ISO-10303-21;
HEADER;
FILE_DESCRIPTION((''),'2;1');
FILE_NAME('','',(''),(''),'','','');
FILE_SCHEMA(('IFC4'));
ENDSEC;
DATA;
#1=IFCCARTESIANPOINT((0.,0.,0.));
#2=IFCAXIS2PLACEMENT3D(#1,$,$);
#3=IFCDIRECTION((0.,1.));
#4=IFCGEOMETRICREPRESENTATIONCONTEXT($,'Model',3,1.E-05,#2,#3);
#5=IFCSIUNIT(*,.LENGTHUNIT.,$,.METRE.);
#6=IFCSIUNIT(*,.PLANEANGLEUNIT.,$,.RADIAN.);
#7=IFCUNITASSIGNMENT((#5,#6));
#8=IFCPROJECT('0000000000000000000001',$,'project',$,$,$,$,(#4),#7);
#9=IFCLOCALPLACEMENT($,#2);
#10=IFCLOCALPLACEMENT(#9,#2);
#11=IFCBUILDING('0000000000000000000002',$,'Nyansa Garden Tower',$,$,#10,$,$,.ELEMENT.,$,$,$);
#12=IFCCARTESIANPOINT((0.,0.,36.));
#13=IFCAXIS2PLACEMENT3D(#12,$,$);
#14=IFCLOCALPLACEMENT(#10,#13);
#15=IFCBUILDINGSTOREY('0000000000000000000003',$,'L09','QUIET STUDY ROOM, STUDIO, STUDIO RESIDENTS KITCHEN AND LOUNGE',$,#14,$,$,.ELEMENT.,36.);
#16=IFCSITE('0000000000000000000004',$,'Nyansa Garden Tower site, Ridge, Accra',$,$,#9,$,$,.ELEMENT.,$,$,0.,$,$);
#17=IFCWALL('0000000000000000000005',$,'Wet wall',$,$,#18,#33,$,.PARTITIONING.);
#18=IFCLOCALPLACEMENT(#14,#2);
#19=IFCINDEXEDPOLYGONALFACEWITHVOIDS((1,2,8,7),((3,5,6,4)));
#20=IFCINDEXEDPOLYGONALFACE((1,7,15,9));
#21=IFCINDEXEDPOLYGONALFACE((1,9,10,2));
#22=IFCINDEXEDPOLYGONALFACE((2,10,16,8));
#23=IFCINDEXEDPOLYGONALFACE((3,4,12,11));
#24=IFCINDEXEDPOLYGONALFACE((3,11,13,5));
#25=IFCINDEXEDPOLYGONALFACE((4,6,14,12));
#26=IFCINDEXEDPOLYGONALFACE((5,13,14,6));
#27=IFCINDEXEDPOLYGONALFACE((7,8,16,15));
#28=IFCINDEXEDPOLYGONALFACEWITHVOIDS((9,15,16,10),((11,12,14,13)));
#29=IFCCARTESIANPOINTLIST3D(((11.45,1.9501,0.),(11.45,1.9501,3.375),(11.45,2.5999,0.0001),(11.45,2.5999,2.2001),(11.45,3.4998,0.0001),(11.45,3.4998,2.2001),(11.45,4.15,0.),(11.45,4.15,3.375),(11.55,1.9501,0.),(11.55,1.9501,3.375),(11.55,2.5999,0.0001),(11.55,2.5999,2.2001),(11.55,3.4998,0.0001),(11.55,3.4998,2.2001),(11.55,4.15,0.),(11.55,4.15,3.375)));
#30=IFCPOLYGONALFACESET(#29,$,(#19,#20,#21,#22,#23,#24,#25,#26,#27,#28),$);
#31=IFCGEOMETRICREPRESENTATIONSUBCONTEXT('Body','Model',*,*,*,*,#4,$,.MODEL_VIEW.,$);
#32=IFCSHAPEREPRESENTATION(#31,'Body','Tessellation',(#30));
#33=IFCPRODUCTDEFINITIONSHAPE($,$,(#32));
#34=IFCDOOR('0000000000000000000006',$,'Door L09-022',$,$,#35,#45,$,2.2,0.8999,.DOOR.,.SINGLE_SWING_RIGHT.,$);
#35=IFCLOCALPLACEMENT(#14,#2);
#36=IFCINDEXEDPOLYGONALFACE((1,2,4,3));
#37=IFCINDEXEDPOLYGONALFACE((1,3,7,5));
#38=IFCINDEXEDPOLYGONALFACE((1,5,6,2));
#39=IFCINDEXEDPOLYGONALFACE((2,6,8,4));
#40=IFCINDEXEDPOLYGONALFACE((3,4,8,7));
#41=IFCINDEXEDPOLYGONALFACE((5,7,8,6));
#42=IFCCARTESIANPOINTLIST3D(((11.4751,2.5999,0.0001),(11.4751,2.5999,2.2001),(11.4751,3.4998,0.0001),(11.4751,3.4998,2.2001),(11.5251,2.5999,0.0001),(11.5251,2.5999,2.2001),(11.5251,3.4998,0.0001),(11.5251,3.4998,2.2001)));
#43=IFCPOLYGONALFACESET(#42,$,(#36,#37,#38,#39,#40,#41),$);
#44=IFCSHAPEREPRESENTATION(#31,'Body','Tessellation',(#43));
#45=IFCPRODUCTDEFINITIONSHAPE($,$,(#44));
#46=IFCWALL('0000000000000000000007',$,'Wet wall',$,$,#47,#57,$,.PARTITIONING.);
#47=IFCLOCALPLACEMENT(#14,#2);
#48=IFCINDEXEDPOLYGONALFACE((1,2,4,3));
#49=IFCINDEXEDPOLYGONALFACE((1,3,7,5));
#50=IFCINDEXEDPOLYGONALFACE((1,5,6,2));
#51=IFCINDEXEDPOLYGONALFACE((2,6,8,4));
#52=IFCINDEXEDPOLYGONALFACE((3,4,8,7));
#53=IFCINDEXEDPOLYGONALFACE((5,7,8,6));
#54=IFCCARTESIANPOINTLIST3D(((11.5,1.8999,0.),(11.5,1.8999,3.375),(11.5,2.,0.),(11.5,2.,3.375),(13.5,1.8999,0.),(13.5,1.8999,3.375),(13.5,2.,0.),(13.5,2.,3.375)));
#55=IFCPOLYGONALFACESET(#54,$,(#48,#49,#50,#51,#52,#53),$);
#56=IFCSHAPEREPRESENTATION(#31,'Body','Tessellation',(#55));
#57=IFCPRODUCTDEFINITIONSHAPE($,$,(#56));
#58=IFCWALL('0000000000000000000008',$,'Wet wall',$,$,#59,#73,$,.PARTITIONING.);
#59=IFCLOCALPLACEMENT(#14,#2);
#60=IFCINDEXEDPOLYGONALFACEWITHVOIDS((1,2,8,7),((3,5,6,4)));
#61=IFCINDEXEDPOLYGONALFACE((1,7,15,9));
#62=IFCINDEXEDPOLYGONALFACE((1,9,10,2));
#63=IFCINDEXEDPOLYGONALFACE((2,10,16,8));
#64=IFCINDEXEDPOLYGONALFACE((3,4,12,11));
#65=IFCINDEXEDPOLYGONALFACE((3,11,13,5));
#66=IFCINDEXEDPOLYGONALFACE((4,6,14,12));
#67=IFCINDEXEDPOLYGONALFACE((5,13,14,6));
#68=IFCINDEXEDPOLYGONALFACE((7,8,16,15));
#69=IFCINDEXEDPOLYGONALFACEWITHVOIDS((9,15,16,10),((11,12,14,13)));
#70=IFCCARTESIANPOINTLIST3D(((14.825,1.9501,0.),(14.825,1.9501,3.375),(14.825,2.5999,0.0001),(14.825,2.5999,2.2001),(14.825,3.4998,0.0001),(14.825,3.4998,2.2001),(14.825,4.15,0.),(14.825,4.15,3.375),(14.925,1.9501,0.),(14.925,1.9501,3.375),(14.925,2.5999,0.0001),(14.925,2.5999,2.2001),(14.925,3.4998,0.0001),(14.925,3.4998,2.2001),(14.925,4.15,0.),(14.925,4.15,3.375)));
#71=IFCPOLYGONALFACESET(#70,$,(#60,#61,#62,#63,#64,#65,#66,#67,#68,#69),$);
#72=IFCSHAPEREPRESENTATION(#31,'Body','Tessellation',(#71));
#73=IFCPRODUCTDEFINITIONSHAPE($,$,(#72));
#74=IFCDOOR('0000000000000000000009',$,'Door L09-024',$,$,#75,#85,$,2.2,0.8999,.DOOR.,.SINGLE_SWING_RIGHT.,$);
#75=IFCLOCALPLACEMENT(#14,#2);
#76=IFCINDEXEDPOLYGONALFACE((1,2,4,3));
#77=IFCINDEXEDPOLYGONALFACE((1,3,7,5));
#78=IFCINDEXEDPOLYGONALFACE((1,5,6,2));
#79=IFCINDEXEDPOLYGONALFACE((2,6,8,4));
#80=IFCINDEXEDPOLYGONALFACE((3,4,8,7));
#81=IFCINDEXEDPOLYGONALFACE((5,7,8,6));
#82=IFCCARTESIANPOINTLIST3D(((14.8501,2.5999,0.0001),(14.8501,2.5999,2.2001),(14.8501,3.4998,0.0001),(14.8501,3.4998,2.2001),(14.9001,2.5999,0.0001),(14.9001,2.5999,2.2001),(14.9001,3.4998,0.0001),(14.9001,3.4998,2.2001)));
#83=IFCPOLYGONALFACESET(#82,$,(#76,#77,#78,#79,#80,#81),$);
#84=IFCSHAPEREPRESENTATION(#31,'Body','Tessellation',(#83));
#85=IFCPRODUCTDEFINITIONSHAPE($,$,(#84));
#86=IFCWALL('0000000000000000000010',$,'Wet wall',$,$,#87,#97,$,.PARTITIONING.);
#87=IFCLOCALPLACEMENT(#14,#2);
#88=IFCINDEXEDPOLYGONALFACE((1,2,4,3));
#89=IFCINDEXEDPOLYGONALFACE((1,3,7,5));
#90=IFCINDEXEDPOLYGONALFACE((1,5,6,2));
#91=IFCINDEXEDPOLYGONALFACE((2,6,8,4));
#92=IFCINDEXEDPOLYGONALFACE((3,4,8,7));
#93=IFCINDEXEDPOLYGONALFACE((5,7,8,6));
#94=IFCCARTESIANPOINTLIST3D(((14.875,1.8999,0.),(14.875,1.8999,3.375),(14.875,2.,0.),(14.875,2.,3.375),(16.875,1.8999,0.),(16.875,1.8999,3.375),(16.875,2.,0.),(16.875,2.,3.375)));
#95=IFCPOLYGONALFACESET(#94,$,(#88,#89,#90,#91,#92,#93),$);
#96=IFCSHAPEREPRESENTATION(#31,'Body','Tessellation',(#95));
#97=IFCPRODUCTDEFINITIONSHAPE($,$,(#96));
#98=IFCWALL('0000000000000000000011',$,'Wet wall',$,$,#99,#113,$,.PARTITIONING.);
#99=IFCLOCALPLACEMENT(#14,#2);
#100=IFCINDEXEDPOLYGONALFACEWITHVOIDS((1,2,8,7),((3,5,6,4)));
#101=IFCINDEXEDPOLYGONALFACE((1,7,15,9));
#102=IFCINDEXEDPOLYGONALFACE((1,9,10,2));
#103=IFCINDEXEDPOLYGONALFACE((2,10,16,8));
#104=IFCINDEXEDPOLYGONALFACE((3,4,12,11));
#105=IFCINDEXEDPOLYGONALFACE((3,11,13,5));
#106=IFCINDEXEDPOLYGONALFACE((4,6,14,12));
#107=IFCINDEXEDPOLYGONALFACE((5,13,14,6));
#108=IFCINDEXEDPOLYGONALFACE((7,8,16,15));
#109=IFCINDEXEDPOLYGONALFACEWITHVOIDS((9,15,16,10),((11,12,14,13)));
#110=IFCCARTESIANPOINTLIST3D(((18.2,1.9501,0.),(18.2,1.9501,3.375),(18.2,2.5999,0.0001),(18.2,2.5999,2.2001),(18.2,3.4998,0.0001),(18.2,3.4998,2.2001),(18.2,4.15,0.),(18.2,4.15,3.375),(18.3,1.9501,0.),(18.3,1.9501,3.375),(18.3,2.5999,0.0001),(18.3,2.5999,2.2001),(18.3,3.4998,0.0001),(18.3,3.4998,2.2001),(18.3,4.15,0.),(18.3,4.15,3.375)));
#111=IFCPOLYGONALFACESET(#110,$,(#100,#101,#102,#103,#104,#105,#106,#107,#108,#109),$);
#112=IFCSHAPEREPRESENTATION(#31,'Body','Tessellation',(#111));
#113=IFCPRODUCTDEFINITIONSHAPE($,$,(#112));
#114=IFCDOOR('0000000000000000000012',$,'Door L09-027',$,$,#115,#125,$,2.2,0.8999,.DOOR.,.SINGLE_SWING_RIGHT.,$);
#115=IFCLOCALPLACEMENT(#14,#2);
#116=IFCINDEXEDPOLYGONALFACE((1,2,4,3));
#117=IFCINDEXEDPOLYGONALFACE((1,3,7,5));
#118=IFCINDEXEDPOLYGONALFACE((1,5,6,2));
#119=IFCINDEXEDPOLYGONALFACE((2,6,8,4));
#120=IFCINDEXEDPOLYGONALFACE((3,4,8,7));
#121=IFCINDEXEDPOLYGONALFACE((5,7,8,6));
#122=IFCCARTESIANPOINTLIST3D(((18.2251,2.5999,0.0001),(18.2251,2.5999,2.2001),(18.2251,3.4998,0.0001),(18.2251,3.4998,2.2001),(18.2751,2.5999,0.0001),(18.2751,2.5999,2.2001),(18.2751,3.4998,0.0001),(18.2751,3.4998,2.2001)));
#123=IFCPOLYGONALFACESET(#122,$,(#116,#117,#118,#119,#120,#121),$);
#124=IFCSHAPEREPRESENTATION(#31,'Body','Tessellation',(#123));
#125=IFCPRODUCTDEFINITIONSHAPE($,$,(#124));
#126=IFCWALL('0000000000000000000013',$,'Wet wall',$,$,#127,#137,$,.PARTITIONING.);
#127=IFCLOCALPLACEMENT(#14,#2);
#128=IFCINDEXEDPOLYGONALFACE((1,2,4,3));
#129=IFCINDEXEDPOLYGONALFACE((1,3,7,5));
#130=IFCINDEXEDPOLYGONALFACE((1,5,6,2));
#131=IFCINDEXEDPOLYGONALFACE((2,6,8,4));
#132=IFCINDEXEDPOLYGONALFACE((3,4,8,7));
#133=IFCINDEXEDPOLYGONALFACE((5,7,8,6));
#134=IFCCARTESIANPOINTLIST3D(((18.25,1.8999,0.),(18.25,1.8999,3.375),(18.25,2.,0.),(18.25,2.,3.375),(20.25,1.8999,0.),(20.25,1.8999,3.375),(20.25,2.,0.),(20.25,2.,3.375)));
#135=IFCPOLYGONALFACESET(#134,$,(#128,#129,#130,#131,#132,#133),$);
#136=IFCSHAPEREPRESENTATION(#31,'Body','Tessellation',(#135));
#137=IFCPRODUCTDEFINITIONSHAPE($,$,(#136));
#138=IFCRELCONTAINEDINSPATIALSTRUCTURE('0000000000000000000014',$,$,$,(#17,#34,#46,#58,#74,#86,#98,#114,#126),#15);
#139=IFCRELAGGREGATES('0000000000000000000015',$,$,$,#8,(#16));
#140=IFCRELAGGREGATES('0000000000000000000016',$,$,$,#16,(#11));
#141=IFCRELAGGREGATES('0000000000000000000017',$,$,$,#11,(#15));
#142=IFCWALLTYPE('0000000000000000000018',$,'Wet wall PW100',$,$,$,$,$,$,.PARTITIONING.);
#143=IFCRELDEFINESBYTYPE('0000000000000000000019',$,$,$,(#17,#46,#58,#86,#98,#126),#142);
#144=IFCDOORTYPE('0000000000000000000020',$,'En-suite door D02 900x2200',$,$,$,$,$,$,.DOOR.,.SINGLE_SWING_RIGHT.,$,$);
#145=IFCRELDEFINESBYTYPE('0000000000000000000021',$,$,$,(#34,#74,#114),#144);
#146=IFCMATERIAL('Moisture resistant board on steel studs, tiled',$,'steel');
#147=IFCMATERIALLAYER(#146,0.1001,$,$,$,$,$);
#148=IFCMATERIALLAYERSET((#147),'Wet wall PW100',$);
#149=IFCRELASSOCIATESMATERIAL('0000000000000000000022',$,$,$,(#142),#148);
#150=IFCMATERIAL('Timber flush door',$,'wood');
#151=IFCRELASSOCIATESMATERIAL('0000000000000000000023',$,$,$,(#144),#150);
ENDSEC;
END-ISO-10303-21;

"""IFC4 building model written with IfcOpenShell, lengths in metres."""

from ifc_helpers import new_model, si_unit, direction, frame, frame_2d, origin, place, context, subcontext, project, spatial, rectangle, extrude, material, layer, layer_set, type_object, element, fill, save


model = new_model("IFC4")

# Units and contexts
model_context = context("Model", 3, precision=1e-05, world=origin(), true_north=direction((0.0, 1.0)))
body_context = subcontext(model_context, "Body", "Model", "MODEL_VIEW")
ifc_project = project(units=[si_unit("LENGTHUNIT", "METRE"), si_unit("PLANEANGLEUNIT", "RADIAN")], contexts=[model_context])

# Site, building, storey
site_placement = place(None, origin())
site = spatial("IfcSite", under=ifc_project, at=site_placement, Name="Nyansa Garden Tower site, Ridge, Accra", CompositionType="ELEMENT", RefElevation=0.0)
building_placement = place(site_placement, origin())
building = spatial("IfcBuilding", under=site, at=building_placement, Name="Nyansa Garden Tower", CompositionType="ELEMENT")
storey_placement = place(building_placement, frame((0.0, 0.0, 36.0)))
storey = spatial("IfcBuildingStorey", under=building, at=storey_placement, Name="L09", Description="QUIET STUDY ROOM, STUDIO, STUDIO RESIDENTS KITCHEN AND LOUNGE", CompositionType="ELEMENT", Elevation=36.0)

# Wall, opening, door
ifc_material_1 = material(Name="Moisture resistant board on steel studs, tiled", Category="steel")
ifc_layer_1 = layer(ifc_material_1, 0.1001)
ifc_layer_set_1 = layer_set([ifc_layer_1], Name="Wet wall PW100")
wall_type_1 = type_object("IfcWallType", Name="Wet wall PW100", PredefinedType="PARTITIONING", material=ifc_layer_set_1)
wall_1_placement = place(storey_placement, frame((11.5, 1.95, 0.0), z_axis=(0.0, 0.0, 1.0), x_axis=(0.0, 1.0, 0.0)))
wall_1 = element("IfcWall", 1, at=wall_1_placement, inside=storey, type_object=wall_type_1, Name="Wet wall", PredefinedType="PARTITIONING", context=body_context, shape_type="SweptSolid", body=[
    extrude(rectangle(XDim=2.2, YDim=0.1001, at=frame_2d((1.1001, 0.0))), origin(), (0.0, 0.0, 1.0), 3.375),
])
opening_1_placement = place(wall_1_placement, frame((0.6499, 0.0, 0.0)))
opening_1 = element("IfcOpeningElement", 2, at=opening_1_placement, cuts=wall_1, PredefinedType="OPENING", context=body_context, shape_type="SweptSolid", body=[
    extrude(rectangle(XDim=0.8999, YDim=2.2, at=frame_2d((0.45, 1.1001))), frame((0.0, 0.0601, 0.0), z_axis=(0.0, -1.0, 0.0), x_axis=(1.0, 0.0, 0.0)), (0.0, 0.0, 1.0), 0.1201),
])
ifc_material_2 = material(Name="Timber flush door", Category="wood")
door_type = type_object("IfcDoorType", Name="En-suite door D02 900x2200", OperationType="SINGLE_SWING_RIGHT", PredefinedType="DOOR", material=ifc_material_2)
door_1_placement = place(opening_1_placement, origin())
door_1 = element("IfcDoor", 3, at=door_1_placement, inside=storey, type_object=door_type, Name="Door L09-022", OperationType="SINGLE_SWING_RIGHT", OverallHeight=2.2, OverallWidth=0.8999, PredefinedType="DOOR", context=body_context, shape_type="SweptSolid", body=[
    extrude(rectangle(XDim=0.8999, YDim=2.2, at=frame_2d((0.45, 1.1001))), frame((0.0, 0.0249, 0.0), z_axis=(0.0, -1.0, 0.0), x_axis=(1.0, 0.0, 0.0)), (0.0, 0.0, 1.0), 0.05),
])
fill(opening_1, door_1)

# Wall
wall_2_placement = place(storey_placement, frame((11.5, 1.95, 0.0), z_axis=(0.0, 0.0, 1.0), x_axis=(1.0, 0.0, 0.0)))
element("IfcWall", 4, at=wall_2_placement, inside=storey, type_object=wall_type_1, Name="Wet wall", PredefinedType="PARTITIONING", context=body_context, shape_type="SweptSolid", body=[
    extrude(rectangle(XDim=2.0, YDim=0.1001, at=frame_2d((1.0, 0.0))), origin(), (0.0, 0.0, 1.0), 3.375),
])

# Wall, opening, door
wall_3_placement = place(storey_placement, frame((14.875, 1.95, 0.0), z_axis=(0.0, 0.0, 1.0), x_axis=(0.0, 1.0, 0.0)))
wall_3 = element("IfcWall", 5, at=wall_3_placement, inside=storey, type_object=wall_type_1, Name="Wet wall", PredefinedType="PARTITIONING", context=body_context, shape_type="SweptSolid", body=[
    extrude(rectangle(XDim=2.2, YDim=0.1001, at=frame_2d((1.1001, 0.0))), origin(), (0.0, 0.0, 1.0), 3.375),
])
opening_2_placement = place(wall_3_placement, frame((0.6499, 0.0, 0.0)))
opening_2 = element("IfcOpeningElement", 6, at=opening_2_placement, cuts=wall_3, PredefinedType="OPENING", context=body_context, shape_type="SweptSolid", body=[
    extrude(rectangle(XDim=0.8999, YDim=2.2, at=frame_2d((0.45, 1.1001))), frame((0.0, 0.0601, 0.0), z_axis=(0.0, -1.0, 0.0), x_axis=(1.0, 0.0, 0.0)), (0.0, 0.0, 1.0), 0.1201),
])
door_2_placement = place(opening_2_placement, origin())
door_2 = element("IfcDoor", 7, at=door_2_placement, inside=storey, type_object=door_type, Name="Door L09-024", OperationType="SINGLE_SWING_RIGHT", OverallHeight=2.2, OverallWidth=0.8999, PredefinedType="DOOR", context=body_context, shape_type="SweptSolid", body=[
    extrude(rectangle(XDim=0.8999, YDim=2.2, at=frame_2d((0.45, 1.1001))), frame((0.0, 0.0249, 0.0), z_axis=(0.0, -1.0, 0.0), x_axis=(1.0, 0.0, 0.0)), (0.0, 0.0, 1.0), 0.05),
])
fill(opening_2, door_2)

# Wall
wall_4_placement = place(storey_placement, frame((14.875, 1.95, 0.0), z_axis=(0.0, 0.0, 1.0), x_axis=(1.0, 0.0, 0.0)))
element("IfcWall", 8, at=wall_4_placement, inside=storey, type_object=wall_type_1, Name="Wet wall", PredefinedType="PARTITIONING", context=body_context, shape_type="SweptSolid", body=[
    extrude(rectangle(XDim=2.0, YDim=0.1001, at=frame_2d((1.0, 0.0))), origin(), (0.0, 0.0, 1.0), 3.375),
])

# Wall, opening, door
wall_5_placement = place(storey_placement, frame((18.25, 1.95, 0.0), z_axis=(0.0, 0.0, 1.0), x_axis=(0.0, 1.0, 0.0)))
wall_5 = element("IfcWall", 9, at=wall_5_placement, inside=storey, type_object=wall_type_1, Name="Wet wall", PredefinedType="PARTITIONING", context=body_context, shape_type="SweptSolid", body=[
    extrude(rectangle(XDim=2.2, YDim=0.1001, at=frame_2d((1.1001, 0.0))), origin(), (0.0, 0.0, 1.0), 3.375),
])
opening_3_placement = place(wall_5_placement, frame((0.6499, 0.0, 0.0)))
opening_3 = element("IfcOpeningElement", 10, at=opening_3_placement, cuts=wall_5, PredefinedType="OPENING", context=body_context, shape_type="SweptSolid", body=[
    extrude(rectangle(XDim=0.8999, YDim=2.2, at=frame_2d((0.45, 1.1001))), frame((0.0, 0.0601, 0.0), z_axis=(0.0, -1.0, 0.0), x_axis=(1.0, 0.0, 0.0)), (0.0, 0.0, 1.0), 0.1201),
])
door_3_placement = place(opening_3_placement, origin())
door_3 = element("IfcDoor", 11, at=door_3_placement, inside=storey, type_object=door_type, Name="Door L09-027", OperationType="SINGLE_SWING_RIGHT", OverallHeight=2.2, OverallWidth=0.8999, PredefinedType="DOOR", context=body_context, shape_type="SweptSolid", body=[
    extrude(rectangle(XDim=0.8999, YDim=2.2, at=frame_2d((0.45, 1.1001))), frame((0.0, 0.0249, 0.0), z_axis=(0.0, -1.0, 0.0), x_axis=(1.0, 0.0, 0.0)), (0.0, 0.0, 1.0), 0.05),
])
fill(opening_3, door_3)

# Wall
wall_6_placement = place(storey_placement, frame((18.25, 1.95, 0.0), z_axis=(0.0, 0.0, 1.0), x_axis=(1.0, 0.0, 0.0)))
element("IfcWall", 12, at=wall_6_placement, inside=storey, type_object=wall_type_1, Name="Wet wall", PredefinedType="PARTITIONING", context=body_context, shape_type="SweptSolid", body=[
    extrude(rectangle(XDim=2.0, YDim=0.1001, at=frame_2d((1.0, 0.0))), origin(), (0.0, 0.0, 1.0), 3.375),
])

save(model, "model.ifc")
